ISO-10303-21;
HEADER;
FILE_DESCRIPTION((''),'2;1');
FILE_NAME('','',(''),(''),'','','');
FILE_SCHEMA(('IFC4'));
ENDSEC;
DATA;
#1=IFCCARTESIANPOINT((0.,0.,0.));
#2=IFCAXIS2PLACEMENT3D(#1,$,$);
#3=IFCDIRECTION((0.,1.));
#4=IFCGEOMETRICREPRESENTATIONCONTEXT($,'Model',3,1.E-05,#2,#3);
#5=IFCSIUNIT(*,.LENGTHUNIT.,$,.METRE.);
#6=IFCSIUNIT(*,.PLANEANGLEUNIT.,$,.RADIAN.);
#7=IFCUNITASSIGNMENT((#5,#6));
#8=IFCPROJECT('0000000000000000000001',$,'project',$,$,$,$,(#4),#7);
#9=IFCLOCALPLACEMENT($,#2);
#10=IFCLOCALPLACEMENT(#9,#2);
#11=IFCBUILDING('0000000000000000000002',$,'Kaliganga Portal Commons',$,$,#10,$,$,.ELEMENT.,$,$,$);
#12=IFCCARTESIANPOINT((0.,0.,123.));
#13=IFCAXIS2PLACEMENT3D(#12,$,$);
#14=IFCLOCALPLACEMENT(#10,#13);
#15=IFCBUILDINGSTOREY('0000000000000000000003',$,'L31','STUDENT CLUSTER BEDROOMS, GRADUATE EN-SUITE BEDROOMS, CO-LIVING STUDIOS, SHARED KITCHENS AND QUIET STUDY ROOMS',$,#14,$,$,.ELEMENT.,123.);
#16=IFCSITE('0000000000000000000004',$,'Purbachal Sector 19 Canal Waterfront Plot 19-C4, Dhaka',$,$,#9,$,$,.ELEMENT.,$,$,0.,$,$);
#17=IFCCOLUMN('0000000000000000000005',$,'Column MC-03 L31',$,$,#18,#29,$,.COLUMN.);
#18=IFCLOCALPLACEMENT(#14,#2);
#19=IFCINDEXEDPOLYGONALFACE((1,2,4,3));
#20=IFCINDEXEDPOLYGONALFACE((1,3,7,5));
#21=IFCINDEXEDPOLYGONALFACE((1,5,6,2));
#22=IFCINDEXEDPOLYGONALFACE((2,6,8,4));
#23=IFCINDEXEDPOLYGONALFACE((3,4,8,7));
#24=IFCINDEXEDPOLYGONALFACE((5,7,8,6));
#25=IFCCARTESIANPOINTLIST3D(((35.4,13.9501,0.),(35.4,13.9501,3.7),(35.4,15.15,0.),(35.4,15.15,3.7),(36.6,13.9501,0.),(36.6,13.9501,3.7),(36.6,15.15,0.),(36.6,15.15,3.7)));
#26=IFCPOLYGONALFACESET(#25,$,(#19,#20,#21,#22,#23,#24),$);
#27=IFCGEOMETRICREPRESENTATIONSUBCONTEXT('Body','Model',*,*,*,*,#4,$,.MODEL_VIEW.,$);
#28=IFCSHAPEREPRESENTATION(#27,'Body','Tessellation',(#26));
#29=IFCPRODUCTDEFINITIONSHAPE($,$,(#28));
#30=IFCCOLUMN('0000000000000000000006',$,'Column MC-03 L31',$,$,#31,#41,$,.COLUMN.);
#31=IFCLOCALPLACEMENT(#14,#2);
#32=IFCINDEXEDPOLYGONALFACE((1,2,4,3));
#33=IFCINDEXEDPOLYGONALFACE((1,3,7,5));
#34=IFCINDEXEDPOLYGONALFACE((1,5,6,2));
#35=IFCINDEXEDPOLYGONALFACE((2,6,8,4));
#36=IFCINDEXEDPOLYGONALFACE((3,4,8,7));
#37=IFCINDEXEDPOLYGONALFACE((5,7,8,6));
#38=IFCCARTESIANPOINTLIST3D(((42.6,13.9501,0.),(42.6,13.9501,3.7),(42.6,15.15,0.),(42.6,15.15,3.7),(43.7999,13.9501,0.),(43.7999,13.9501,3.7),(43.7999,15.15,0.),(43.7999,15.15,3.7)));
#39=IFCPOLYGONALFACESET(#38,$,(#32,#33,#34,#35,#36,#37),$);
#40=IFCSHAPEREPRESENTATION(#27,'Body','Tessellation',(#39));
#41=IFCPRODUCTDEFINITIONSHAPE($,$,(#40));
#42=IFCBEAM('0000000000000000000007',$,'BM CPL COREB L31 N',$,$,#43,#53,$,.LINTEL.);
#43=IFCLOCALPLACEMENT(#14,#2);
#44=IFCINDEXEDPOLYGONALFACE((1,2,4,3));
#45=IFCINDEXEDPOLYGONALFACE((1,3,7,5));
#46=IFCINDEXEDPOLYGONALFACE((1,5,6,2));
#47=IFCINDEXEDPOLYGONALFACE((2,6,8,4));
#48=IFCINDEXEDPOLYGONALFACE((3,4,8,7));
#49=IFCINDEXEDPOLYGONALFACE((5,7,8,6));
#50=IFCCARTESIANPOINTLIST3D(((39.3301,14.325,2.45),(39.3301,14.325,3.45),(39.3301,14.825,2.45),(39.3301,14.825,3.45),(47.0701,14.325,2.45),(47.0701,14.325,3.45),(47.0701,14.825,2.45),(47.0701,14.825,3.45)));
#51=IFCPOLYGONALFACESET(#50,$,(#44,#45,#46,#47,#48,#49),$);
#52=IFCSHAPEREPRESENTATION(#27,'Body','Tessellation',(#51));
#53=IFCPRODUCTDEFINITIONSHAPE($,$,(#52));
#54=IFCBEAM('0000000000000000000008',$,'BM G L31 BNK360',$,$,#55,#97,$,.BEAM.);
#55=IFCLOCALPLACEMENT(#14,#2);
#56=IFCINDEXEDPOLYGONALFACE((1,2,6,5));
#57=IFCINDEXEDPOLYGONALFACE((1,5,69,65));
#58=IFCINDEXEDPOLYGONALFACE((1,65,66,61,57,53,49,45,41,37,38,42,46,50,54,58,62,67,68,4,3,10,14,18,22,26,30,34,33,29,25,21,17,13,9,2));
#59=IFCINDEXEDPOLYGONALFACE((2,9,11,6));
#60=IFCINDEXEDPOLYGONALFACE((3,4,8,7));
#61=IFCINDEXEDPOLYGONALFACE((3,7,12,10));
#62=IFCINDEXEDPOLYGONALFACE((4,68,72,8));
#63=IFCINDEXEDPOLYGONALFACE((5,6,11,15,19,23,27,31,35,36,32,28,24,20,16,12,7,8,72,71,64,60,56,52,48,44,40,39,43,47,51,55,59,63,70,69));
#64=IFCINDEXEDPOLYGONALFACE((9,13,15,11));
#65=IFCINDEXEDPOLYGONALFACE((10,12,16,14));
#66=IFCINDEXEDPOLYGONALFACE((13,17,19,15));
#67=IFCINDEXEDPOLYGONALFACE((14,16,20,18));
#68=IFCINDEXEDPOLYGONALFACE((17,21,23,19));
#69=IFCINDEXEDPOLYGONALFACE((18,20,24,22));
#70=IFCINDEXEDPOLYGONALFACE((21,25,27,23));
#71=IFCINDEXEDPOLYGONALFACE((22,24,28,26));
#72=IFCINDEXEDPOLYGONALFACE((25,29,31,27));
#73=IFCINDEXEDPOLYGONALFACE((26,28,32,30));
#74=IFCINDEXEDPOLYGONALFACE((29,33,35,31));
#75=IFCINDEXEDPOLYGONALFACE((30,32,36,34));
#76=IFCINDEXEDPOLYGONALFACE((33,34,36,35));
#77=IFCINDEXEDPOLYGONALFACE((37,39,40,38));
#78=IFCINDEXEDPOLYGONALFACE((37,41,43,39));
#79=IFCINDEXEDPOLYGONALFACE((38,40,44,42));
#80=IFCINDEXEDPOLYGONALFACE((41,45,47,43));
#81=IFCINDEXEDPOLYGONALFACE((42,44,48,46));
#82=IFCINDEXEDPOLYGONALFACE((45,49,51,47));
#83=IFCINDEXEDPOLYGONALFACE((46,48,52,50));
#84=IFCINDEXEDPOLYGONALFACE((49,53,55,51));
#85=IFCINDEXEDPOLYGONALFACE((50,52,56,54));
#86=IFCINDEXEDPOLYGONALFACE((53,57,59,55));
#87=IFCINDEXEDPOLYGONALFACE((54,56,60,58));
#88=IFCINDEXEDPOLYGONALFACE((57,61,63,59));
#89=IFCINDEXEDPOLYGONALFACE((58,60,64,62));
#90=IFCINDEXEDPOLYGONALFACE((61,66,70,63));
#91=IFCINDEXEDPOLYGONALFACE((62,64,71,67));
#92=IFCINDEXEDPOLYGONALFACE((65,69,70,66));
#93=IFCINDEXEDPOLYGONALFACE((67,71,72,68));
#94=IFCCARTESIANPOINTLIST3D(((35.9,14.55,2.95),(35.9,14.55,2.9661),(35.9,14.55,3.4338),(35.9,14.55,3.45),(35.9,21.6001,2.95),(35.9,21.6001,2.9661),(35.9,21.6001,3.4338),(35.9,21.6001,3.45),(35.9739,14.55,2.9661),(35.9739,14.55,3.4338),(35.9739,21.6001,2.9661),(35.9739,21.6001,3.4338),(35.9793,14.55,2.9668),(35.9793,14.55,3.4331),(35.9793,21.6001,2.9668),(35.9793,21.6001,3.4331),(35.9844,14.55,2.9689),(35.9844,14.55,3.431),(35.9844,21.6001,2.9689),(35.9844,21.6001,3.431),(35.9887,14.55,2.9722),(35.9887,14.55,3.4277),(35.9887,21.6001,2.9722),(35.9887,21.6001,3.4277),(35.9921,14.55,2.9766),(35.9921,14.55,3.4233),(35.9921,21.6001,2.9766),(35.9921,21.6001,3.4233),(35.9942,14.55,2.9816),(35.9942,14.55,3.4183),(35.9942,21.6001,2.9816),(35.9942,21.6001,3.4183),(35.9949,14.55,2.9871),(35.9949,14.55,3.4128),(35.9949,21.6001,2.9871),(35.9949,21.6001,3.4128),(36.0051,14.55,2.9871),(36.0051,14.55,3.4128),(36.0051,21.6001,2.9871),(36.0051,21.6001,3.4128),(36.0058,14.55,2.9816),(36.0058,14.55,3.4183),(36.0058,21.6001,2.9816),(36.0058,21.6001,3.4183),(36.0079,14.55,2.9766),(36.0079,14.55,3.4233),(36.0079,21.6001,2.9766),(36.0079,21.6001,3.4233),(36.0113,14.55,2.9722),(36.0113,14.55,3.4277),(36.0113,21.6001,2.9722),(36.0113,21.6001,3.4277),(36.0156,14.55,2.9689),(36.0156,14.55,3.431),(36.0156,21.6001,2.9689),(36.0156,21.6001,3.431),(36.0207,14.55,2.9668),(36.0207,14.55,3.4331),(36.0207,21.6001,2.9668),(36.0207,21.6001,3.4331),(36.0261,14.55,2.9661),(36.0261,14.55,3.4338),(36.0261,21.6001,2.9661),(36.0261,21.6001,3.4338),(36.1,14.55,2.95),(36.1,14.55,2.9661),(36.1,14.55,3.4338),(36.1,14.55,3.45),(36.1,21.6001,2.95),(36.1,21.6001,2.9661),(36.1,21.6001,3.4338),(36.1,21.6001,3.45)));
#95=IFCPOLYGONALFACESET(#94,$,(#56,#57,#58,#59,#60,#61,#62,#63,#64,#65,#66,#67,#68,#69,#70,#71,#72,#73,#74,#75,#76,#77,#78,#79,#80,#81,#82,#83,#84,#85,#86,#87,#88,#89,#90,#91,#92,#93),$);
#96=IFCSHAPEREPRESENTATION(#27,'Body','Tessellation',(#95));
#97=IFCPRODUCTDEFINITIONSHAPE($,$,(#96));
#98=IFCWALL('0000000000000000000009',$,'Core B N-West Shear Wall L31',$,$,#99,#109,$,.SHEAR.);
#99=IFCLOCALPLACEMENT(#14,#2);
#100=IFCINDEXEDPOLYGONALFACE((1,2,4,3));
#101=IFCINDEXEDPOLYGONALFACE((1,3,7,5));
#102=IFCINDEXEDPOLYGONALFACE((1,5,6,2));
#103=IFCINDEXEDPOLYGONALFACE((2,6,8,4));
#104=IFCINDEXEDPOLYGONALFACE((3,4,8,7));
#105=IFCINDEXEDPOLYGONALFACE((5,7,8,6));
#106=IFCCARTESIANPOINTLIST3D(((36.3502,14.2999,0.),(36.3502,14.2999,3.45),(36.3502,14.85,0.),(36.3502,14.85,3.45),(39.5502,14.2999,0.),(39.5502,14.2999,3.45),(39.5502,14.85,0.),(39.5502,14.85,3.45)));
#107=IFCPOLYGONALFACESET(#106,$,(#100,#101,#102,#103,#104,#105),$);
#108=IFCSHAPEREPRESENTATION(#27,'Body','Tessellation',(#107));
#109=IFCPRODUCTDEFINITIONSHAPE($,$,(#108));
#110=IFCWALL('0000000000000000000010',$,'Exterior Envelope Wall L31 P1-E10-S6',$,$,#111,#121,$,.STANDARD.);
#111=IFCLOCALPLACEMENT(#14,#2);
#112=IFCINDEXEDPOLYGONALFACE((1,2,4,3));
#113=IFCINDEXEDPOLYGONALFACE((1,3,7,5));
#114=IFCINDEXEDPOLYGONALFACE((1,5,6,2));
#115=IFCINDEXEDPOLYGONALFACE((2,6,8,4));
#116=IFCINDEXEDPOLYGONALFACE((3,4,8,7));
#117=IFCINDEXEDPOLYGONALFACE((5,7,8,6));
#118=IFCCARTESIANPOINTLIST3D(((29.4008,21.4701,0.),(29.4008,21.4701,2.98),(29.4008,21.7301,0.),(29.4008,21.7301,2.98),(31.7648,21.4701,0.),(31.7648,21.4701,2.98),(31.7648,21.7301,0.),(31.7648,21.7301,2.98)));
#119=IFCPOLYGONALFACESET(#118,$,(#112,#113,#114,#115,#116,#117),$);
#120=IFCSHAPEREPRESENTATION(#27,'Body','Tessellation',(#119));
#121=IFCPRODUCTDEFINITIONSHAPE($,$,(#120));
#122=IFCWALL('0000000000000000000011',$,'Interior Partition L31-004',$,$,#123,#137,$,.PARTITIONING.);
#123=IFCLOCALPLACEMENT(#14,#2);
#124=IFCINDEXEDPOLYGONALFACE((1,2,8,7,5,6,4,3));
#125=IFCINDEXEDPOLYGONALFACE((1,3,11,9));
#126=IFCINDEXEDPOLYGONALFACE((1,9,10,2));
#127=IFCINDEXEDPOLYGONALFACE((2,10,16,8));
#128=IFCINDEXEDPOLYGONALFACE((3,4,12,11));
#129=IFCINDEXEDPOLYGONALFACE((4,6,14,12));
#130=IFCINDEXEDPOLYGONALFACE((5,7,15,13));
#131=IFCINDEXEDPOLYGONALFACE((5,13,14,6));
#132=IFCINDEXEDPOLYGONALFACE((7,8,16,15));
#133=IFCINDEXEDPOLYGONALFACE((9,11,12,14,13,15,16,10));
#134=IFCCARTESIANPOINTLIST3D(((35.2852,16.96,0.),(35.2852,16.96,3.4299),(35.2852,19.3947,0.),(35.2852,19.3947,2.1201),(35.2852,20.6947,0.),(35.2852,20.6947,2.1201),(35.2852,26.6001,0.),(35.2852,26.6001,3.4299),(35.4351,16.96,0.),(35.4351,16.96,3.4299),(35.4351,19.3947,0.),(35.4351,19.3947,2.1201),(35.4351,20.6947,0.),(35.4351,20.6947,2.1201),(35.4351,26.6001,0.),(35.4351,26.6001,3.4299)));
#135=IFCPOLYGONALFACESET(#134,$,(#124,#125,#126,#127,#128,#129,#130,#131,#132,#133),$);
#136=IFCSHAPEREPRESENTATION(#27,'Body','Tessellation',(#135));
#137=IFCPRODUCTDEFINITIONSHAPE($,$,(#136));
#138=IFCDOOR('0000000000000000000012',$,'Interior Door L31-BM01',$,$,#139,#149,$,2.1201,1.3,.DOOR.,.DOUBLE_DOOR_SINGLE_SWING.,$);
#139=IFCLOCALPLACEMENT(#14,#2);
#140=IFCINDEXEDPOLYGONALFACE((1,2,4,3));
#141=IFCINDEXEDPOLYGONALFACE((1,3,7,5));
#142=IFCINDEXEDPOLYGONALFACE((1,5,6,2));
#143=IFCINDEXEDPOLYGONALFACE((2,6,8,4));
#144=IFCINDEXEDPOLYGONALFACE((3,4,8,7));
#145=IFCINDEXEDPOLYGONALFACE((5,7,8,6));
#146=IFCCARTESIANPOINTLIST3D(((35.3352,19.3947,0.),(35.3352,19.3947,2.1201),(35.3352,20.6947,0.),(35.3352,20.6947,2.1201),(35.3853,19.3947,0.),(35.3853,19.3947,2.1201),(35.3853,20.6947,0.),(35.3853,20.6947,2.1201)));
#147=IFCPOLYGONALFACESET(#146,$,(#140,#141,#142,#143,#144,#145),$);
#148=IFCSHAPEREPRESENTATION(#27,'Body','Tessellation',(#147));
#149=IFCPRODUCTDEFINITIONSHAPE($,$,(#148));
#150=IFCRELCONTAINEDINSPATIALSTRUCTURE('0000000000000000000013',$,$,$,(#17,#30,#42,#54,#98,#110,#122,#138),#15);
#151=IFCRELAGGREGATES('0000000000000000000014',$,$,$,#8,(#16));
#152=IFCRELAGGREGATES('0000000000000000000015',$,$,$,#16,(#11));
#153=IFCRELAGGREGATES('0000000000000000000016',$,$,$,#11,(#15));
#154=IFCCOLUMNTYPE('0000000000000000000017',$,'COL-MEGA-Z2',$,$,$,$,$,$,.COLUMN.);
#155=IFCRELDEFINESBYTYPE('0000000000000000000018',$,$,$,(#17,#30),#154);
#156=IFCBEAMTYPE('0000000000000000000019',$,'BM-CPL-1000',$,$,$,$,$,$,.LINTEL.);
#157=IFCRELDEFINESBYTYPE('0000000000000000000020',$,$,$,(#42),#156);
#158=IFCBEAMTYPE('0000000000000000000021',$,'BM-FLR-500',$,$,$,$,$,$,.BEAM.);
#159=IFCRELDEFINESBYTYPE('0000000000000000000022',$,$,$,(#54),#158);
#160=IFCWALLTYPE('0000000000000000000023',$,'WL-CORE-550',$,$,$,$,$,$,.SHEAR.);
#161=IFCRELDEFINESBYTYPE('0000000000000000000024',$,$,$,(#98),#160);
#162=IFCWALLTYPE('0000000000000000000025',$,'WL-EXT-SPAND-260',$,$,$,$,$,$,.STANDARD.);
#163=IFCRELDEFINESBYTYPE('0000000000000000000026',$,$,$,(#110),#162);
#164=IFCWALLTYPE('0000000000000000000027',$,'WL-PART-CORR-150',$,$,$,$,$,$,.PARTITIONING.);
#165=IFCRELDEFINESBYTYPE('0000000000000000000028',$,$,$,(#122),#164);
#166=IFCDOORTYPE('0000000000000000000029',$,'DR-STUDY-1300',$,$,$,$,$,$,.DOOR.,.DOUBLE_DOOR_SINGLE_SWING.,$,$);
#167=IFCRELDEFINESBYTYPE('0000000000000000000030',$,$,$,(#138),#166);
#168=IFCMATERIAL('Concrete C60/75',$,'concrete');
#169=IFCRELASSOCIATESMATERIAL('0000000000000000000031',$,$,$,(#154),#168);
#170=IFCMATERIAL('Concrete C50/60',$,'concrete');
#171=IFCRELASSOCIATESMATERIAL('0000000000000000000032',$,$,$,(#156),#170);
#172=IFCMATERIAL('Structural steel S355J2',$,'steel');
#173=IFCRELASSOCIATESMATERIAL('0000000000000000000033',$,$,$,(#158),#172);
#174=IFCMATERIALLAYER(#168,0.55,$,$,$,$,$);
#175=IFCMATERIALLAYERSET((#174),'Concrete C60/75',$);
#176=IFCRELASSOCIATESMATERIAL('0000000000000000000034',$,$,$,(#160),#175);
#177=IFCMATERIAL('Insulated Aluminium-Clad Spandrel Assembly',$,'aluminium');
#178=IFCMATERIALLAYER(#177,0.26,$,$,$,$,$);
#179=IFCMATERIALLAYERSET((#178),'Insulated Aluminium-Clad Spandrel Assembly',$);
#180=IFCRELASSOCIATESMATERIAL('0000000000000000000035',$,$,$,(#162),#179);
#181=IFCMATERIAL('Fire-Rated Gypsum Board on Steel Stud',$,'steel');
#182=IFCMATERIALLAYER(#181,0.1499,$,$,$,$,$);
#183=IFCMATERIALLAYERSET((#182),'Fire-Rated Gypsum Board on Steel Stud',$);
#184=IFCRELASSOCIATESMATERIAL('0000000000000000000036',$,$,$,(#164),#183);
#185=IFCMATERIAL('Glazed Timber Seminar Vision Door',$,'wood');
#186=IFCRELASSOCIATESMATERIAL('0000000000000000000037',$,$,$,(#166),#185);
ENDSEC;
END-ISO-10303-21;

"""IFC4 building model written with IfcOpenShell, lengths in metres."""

from ifc_helpers import new_model, si_unit, direction, frame, frame_2d, origin, origin_2d, place, context, subcontext, project, spatial, rectangle, i_section, extrude, source, transform, mapped, material, layer, layer_set, material_profile, profile_set, type_object, element, fill, save


model = new_model("IFC4")

# Units and contexts
model_context = context("Model", 3, precision=1e-05, world=origin(), true_north=direction((0.0, 1.0)))
body_context = subcontext(model_context, "Body", "Model", "MODEL_VIEW")
ifc_project = project(units=[si_unit("LENGTHUNIT", "METRE"), si_unit("PLANEANGLEUNIT", "RADIAN")], contexts=[model_context])

# Site, building, storey
site_placement = place(None, origin())
site = spatial("IfcSite", under=ifc_project, at=site_placement, Name="Purbachal Sector 19 Canal Waterfront Plot 19-C4, Dhaka", CompositionType="ELEMENT", RefElevation=0.0)
building_placement = place(site_placement, origin())
building = spatial("IfcBuilding", under=site, at=building_placement, Name="Kaliganga Portal Commons", CompositionType="ELEMENT")
storey_placement = place(building_placement, frame((0.0, 0.0, 123.0)))
storey = spatial("IfcBuildingStorey", under=building, at=storey_placement, Name="L31", Description="STUDENT CLUSTER BEDROOMS, GRADUATE EN-SUITE BEDROOMS, CO-LIVING STUDIOS, SHARED KITCHENS AND QUIET STUDY ROOMS", CompositionType="ELEMENT", Elevation=123.0)

# Columns
ifc_material_1 = material(Name="Concrete C60/75", Category="concrete")
ifc_material_profile_1 = material_profile(ifc_material_1, rectangle(XDim=1.2, YDim=1.2, at=origin_2d()), Name="RC 1200x1200")
ifc_profile_set_1 = profile_set([ifc_material_profile_1], Name="Concrete C60/75")
column_type = type_object("IfcColumnType", Name="COL-MEGA-Z2", PredefinedType="COLUMN", material=ifc_profile_set_1)
shared_shape_1 = source(origin(), body_context, "Body", "SweptSolid", [
    extrude(rectangle(XDim=1.2, YDim=1.2, at=origin_2d()), origin(), (0.0, 0.0, 1.0), 3.7),
])
for number, where, z_axis, x_axis, name in (
    (1, (36.0, 14.55, 0.0), (0.0, 0.0, 1.0), (1.0, 0.0, 0.0), "Column MC-03 L31"),
    (2, (43.2, 14.55, 0.0), (0.0, 0.0, 1.0), (1.0, 0.0, 0.0), "Column MC-03 L31"),
):
    element("IfcColumn", number, at=place(storey_placement, frame(where, z_axis=z_axis, x_axis=x_axis)), inside=storey, type_object=column_type, Name=name, PredefinedType="COLUMN", context=body_context, shape_type="MappedRepresentation", body=[
        mapped(shared_shape_1, transform((0.0, 0.0, 0.0), x_axis=(1.0, 0.0, 0.0), y_axis=(0.0, 1.0, 0.0), z_axis=(0.0, 0.0, 1.0), scale=1.0)),
    ])

# Beams
ifc_material_2 = material(Name="Concrete C50/60", Category="concrete")
ifc_material_profile_2 = material_profile(ifc_material_2, rectangle(XDim=0.5, YDim=1.0, at=origin_2d()), Name="RC 500x1000")
ifc_profile_set_2 = profile_set([ifc_material_profile_2], Name="Concrete C50/60")
beam_type_1 = type_object("IfcBeamType", Name="BM-CPL-1000", PredefinedType="LINTEL", material=ifc_profile_set_2)
shared_shape_2 = source(origin(), body_context, "Body", "SweptSolid", [
    extrude(rectangle(XDim=0.5, YDim=1.0, at=origin_2d()), origin(), (0.0, 0.0, 1.0), 7.74),
])
beam_1_placement = place(storey_placement, frame((39.3301, 14.575, 2.95), z_axis=(1.0, 0.0, 0.0), x_axis=(0.0, 1.0, 0.0)))
element("IfcBeam", 3, at=beam_1_placement, inside=storey, type_object=beam_type_1, Name="BM CPL COREB L31 N", PredefinedType="LINTEL", context=body_context, shape_type="MappedRepresentation", body=[
    mapped(shared_shape_2, transform((0.0, 0.0, 0.0), x_axis=(1.0, 0.0, 0.0), y_axis=(0.0, 1.0, 0.0), z_axis=(0.0, 0.0, 1.0), scale=1.0)),
])
ifc_material_3 = material(Name="Structural steel S355J2", Category="steel")
ifc_material_profile_3 = material_profile(ifc_material_3, i_section(OverallWidth=0.2, OverallDepth=0.5, WebThickness=0.0103, FlangeThickness=0.0161, FilletRadius=0.021, at=origin_2d()), Name="IPE 500")
ifc_profile_set_3 = profile_set([ifc_material_profile_3], Name="Structural steel S355J2 wide-flange")
beam_type_2 = type_object("IfcBeamType", Name="BM-FLR-500", PredefinedType="BEAM", material=ifc_profile_set_3)
shared_shape_3 = source(origin(), body_context, "Body", "SweptSolid", [
    extrude(i_section(OverallWidth=0.2, OverallDepth=0.5, WebThickness=0.0103, FlangeThickness=0.0161, FilletRadius=0.021, at=origin_2d()), origin(), (0.0, 0.0, 1.0), 7.05),
])
beam_2_placement = place(storey_placement, frame((36.0, 14.55, 3.2), z_axis=(0.0, 1.0, 0.0), x_axis=(-1.0, 0.0, 0.0)))
element("IfcBeam", 4, at=beam_2_placement, inside=storey, type_object=beam_type_2, Name="BM G L31 BNK360", PredefinedType="BEAM", context=body_context, shape_type="MappedRepresentation", body=[
    mapped(shared_shape_3, transform((0.0, 0.0, 0.0), x_axis=(1.0, 0.0, 0.0), y_axis=(0.0, 1.0, 0.0), z_axis=(0.0, 0.0, 1.0), scale=1.0)),
])

# Walls
ifc_layer_1 = layer(ifc_material_1, 0.55)
ifc_layer_set_1 = layer_set([ifc_layer_1], Name="Concrete C60/75")
wall_type_1 = type_object("IfcWallType", Name="WL-CORE-550", PredefinedType="SHEAR", material=ifc_layer_set_1)
wall_1_placement = place(storey_placement, frame((36.3501, 14.575, 0.0), z_axis=(0.0, 0.0, 1.0), x_axis=(1.0, 0.0, 0.0)))
element("IfcWall", 5, at=wall_1_placement, inside=storey, type_object=wall_type_1, Name="Core B N-West Shear Wall L31", PredefinedType="SHEAR", context=body_context, shape_type="SweptSolid", body=[
    extrude(rectangle(XDim=3.2, YDim=0.55, at=frame_2d((1.6001, 0.0))), origin(), (0.0, 0.0, 1.0), 3.45),
])
ifc_material_4 = material(Name="Insulated Aluminium-Clad Spandrel Assembly", Category="aluminium")
ifc_layer_2 = layer(ifc_material_4, 0.26)
ifc_layer_set_2 = layer_set([ifc_layer_2], Name="Insulated Aluminium-Clad Spandrel Assembly")
wall_type_2 = type_object("IfcWallType", Name="WL-EXT-SPAND-260", PredefinedType="STANDARD", material=ifc_layer_set_2)
wall_2_placement = place(storey_placement, frame((31.7649, 21.6001, 0.0), z_axis=(0.0, 0.0, 1.0), x_axis=(-1.0, 0.0, 0.0)))
element("IfcWall", 6, at=wall_2_placement, inside=storey, type_object=wall_type_2, Name="Exterior Envelope Wall L31 P1-E10-S6", PredefinedType="STANDARD", context=body_context, shape_type="SweptSolid", body=[
    extrude(rectangle(XDim=2.364, YDim=0.26, at=frame_2d((1.1821, 0.0))), origin(), (0.0, 0.0, 1.0), 2.98),
])

# Wall, opening, door
ifc_material_5 = material(Name="Fire-Rated Gypsum Board on Steel Stud", Category="steel")
ifc_layer_3 = layer(ifc_material_5, 0.1499)
ifc_layer_set_3 = layer_set([ifc_layer_3], Name="Fire-Rated Gypsum Board on Steel Stud")
wall_type_3 = type_object("IfcWallType", Name="WL-PART-CORR-150", PredefinedType="PARTITIONING", material=ifc_layer_set_3)
wall_3_placement = place(storey_placement, frame((35.3601, 16.96, 0.0), z_axis=(0.0, 0.0, 1.0), x_axis=(0.0, 1.0, 0.0)))
wall_3 = element("IfcWall", 7, at=wall_3_placement, inside=storey, type_object=wall_type_3, Name="Interior Partition L31-004", PredefinedType="PARTITIONING", context=body_context, shape_type="SweptSolid", body=[
    extrude(rectangle(XDim=9.6401, YDim=0.1499, at=frame_2d((4.8201, 0.0))), origin(), (0.0, 0.0, 1.0), 3.4299),
])
opening_1_placement = place(wall_3_placement, frame((2.4348, 0.0, 0.0)))
opening_1 = element("IfcOpeningElement", 8, at=opening_1_placement, cuts=wall_3, PredefinedType="OPENING", context=body_context, shape_type="SweptSolid", body=[
    extrude(rectangle(XDim=1.3, YDim=2.1201, at=frame_2d((0.6499, 1.0601))), frame((0.0, 0.085, 0.0), z_axis=(0.0, -1.0, 0.0), x_axis=(1.0, 0.0, 0.0)), (0.0, 0.0, 1.0), 0.1699),
])
ifc_material_6 = material(Name="Glazed Timber Seminar Vision Door", Category="wood")
door_type_1 = type_object("IfcDoorType", Name="DR-STUDY-1300", OperationType="DOUBLE_DOOR_SINGLE_SWING", PredefinedType="DOOR", material=ifc_material_6)
door_1_placement = place(opening_1_placement, origin())
door_1 = element("IfcDoor", 9, at=door_1_placement, inside=storey, type_object=door_type_1, Name="Interior Door L31-BM01", OperationType="DOUBLE_DOOR_SINGLE_SWING", OverallHeight=2.1201, OverallWidth=1.3, PredefinedType="DOOR", context=body_context, shape_type="SweptSolid", body=[
    extrude(rectangle(XDim=1.3, YDim=2.1201, at=frame_2d((0.6499, 1.0601))), frame((0.0, 0.0249, 0.0), z_axis=(0.0, -1.0, 0.0), x_axis=(1.0, 0.0, 0.0)), (0.0, 0.0, 1.0), 0.05),
])
fill(opening_1, door_1)

save(model, "model.ifc")
